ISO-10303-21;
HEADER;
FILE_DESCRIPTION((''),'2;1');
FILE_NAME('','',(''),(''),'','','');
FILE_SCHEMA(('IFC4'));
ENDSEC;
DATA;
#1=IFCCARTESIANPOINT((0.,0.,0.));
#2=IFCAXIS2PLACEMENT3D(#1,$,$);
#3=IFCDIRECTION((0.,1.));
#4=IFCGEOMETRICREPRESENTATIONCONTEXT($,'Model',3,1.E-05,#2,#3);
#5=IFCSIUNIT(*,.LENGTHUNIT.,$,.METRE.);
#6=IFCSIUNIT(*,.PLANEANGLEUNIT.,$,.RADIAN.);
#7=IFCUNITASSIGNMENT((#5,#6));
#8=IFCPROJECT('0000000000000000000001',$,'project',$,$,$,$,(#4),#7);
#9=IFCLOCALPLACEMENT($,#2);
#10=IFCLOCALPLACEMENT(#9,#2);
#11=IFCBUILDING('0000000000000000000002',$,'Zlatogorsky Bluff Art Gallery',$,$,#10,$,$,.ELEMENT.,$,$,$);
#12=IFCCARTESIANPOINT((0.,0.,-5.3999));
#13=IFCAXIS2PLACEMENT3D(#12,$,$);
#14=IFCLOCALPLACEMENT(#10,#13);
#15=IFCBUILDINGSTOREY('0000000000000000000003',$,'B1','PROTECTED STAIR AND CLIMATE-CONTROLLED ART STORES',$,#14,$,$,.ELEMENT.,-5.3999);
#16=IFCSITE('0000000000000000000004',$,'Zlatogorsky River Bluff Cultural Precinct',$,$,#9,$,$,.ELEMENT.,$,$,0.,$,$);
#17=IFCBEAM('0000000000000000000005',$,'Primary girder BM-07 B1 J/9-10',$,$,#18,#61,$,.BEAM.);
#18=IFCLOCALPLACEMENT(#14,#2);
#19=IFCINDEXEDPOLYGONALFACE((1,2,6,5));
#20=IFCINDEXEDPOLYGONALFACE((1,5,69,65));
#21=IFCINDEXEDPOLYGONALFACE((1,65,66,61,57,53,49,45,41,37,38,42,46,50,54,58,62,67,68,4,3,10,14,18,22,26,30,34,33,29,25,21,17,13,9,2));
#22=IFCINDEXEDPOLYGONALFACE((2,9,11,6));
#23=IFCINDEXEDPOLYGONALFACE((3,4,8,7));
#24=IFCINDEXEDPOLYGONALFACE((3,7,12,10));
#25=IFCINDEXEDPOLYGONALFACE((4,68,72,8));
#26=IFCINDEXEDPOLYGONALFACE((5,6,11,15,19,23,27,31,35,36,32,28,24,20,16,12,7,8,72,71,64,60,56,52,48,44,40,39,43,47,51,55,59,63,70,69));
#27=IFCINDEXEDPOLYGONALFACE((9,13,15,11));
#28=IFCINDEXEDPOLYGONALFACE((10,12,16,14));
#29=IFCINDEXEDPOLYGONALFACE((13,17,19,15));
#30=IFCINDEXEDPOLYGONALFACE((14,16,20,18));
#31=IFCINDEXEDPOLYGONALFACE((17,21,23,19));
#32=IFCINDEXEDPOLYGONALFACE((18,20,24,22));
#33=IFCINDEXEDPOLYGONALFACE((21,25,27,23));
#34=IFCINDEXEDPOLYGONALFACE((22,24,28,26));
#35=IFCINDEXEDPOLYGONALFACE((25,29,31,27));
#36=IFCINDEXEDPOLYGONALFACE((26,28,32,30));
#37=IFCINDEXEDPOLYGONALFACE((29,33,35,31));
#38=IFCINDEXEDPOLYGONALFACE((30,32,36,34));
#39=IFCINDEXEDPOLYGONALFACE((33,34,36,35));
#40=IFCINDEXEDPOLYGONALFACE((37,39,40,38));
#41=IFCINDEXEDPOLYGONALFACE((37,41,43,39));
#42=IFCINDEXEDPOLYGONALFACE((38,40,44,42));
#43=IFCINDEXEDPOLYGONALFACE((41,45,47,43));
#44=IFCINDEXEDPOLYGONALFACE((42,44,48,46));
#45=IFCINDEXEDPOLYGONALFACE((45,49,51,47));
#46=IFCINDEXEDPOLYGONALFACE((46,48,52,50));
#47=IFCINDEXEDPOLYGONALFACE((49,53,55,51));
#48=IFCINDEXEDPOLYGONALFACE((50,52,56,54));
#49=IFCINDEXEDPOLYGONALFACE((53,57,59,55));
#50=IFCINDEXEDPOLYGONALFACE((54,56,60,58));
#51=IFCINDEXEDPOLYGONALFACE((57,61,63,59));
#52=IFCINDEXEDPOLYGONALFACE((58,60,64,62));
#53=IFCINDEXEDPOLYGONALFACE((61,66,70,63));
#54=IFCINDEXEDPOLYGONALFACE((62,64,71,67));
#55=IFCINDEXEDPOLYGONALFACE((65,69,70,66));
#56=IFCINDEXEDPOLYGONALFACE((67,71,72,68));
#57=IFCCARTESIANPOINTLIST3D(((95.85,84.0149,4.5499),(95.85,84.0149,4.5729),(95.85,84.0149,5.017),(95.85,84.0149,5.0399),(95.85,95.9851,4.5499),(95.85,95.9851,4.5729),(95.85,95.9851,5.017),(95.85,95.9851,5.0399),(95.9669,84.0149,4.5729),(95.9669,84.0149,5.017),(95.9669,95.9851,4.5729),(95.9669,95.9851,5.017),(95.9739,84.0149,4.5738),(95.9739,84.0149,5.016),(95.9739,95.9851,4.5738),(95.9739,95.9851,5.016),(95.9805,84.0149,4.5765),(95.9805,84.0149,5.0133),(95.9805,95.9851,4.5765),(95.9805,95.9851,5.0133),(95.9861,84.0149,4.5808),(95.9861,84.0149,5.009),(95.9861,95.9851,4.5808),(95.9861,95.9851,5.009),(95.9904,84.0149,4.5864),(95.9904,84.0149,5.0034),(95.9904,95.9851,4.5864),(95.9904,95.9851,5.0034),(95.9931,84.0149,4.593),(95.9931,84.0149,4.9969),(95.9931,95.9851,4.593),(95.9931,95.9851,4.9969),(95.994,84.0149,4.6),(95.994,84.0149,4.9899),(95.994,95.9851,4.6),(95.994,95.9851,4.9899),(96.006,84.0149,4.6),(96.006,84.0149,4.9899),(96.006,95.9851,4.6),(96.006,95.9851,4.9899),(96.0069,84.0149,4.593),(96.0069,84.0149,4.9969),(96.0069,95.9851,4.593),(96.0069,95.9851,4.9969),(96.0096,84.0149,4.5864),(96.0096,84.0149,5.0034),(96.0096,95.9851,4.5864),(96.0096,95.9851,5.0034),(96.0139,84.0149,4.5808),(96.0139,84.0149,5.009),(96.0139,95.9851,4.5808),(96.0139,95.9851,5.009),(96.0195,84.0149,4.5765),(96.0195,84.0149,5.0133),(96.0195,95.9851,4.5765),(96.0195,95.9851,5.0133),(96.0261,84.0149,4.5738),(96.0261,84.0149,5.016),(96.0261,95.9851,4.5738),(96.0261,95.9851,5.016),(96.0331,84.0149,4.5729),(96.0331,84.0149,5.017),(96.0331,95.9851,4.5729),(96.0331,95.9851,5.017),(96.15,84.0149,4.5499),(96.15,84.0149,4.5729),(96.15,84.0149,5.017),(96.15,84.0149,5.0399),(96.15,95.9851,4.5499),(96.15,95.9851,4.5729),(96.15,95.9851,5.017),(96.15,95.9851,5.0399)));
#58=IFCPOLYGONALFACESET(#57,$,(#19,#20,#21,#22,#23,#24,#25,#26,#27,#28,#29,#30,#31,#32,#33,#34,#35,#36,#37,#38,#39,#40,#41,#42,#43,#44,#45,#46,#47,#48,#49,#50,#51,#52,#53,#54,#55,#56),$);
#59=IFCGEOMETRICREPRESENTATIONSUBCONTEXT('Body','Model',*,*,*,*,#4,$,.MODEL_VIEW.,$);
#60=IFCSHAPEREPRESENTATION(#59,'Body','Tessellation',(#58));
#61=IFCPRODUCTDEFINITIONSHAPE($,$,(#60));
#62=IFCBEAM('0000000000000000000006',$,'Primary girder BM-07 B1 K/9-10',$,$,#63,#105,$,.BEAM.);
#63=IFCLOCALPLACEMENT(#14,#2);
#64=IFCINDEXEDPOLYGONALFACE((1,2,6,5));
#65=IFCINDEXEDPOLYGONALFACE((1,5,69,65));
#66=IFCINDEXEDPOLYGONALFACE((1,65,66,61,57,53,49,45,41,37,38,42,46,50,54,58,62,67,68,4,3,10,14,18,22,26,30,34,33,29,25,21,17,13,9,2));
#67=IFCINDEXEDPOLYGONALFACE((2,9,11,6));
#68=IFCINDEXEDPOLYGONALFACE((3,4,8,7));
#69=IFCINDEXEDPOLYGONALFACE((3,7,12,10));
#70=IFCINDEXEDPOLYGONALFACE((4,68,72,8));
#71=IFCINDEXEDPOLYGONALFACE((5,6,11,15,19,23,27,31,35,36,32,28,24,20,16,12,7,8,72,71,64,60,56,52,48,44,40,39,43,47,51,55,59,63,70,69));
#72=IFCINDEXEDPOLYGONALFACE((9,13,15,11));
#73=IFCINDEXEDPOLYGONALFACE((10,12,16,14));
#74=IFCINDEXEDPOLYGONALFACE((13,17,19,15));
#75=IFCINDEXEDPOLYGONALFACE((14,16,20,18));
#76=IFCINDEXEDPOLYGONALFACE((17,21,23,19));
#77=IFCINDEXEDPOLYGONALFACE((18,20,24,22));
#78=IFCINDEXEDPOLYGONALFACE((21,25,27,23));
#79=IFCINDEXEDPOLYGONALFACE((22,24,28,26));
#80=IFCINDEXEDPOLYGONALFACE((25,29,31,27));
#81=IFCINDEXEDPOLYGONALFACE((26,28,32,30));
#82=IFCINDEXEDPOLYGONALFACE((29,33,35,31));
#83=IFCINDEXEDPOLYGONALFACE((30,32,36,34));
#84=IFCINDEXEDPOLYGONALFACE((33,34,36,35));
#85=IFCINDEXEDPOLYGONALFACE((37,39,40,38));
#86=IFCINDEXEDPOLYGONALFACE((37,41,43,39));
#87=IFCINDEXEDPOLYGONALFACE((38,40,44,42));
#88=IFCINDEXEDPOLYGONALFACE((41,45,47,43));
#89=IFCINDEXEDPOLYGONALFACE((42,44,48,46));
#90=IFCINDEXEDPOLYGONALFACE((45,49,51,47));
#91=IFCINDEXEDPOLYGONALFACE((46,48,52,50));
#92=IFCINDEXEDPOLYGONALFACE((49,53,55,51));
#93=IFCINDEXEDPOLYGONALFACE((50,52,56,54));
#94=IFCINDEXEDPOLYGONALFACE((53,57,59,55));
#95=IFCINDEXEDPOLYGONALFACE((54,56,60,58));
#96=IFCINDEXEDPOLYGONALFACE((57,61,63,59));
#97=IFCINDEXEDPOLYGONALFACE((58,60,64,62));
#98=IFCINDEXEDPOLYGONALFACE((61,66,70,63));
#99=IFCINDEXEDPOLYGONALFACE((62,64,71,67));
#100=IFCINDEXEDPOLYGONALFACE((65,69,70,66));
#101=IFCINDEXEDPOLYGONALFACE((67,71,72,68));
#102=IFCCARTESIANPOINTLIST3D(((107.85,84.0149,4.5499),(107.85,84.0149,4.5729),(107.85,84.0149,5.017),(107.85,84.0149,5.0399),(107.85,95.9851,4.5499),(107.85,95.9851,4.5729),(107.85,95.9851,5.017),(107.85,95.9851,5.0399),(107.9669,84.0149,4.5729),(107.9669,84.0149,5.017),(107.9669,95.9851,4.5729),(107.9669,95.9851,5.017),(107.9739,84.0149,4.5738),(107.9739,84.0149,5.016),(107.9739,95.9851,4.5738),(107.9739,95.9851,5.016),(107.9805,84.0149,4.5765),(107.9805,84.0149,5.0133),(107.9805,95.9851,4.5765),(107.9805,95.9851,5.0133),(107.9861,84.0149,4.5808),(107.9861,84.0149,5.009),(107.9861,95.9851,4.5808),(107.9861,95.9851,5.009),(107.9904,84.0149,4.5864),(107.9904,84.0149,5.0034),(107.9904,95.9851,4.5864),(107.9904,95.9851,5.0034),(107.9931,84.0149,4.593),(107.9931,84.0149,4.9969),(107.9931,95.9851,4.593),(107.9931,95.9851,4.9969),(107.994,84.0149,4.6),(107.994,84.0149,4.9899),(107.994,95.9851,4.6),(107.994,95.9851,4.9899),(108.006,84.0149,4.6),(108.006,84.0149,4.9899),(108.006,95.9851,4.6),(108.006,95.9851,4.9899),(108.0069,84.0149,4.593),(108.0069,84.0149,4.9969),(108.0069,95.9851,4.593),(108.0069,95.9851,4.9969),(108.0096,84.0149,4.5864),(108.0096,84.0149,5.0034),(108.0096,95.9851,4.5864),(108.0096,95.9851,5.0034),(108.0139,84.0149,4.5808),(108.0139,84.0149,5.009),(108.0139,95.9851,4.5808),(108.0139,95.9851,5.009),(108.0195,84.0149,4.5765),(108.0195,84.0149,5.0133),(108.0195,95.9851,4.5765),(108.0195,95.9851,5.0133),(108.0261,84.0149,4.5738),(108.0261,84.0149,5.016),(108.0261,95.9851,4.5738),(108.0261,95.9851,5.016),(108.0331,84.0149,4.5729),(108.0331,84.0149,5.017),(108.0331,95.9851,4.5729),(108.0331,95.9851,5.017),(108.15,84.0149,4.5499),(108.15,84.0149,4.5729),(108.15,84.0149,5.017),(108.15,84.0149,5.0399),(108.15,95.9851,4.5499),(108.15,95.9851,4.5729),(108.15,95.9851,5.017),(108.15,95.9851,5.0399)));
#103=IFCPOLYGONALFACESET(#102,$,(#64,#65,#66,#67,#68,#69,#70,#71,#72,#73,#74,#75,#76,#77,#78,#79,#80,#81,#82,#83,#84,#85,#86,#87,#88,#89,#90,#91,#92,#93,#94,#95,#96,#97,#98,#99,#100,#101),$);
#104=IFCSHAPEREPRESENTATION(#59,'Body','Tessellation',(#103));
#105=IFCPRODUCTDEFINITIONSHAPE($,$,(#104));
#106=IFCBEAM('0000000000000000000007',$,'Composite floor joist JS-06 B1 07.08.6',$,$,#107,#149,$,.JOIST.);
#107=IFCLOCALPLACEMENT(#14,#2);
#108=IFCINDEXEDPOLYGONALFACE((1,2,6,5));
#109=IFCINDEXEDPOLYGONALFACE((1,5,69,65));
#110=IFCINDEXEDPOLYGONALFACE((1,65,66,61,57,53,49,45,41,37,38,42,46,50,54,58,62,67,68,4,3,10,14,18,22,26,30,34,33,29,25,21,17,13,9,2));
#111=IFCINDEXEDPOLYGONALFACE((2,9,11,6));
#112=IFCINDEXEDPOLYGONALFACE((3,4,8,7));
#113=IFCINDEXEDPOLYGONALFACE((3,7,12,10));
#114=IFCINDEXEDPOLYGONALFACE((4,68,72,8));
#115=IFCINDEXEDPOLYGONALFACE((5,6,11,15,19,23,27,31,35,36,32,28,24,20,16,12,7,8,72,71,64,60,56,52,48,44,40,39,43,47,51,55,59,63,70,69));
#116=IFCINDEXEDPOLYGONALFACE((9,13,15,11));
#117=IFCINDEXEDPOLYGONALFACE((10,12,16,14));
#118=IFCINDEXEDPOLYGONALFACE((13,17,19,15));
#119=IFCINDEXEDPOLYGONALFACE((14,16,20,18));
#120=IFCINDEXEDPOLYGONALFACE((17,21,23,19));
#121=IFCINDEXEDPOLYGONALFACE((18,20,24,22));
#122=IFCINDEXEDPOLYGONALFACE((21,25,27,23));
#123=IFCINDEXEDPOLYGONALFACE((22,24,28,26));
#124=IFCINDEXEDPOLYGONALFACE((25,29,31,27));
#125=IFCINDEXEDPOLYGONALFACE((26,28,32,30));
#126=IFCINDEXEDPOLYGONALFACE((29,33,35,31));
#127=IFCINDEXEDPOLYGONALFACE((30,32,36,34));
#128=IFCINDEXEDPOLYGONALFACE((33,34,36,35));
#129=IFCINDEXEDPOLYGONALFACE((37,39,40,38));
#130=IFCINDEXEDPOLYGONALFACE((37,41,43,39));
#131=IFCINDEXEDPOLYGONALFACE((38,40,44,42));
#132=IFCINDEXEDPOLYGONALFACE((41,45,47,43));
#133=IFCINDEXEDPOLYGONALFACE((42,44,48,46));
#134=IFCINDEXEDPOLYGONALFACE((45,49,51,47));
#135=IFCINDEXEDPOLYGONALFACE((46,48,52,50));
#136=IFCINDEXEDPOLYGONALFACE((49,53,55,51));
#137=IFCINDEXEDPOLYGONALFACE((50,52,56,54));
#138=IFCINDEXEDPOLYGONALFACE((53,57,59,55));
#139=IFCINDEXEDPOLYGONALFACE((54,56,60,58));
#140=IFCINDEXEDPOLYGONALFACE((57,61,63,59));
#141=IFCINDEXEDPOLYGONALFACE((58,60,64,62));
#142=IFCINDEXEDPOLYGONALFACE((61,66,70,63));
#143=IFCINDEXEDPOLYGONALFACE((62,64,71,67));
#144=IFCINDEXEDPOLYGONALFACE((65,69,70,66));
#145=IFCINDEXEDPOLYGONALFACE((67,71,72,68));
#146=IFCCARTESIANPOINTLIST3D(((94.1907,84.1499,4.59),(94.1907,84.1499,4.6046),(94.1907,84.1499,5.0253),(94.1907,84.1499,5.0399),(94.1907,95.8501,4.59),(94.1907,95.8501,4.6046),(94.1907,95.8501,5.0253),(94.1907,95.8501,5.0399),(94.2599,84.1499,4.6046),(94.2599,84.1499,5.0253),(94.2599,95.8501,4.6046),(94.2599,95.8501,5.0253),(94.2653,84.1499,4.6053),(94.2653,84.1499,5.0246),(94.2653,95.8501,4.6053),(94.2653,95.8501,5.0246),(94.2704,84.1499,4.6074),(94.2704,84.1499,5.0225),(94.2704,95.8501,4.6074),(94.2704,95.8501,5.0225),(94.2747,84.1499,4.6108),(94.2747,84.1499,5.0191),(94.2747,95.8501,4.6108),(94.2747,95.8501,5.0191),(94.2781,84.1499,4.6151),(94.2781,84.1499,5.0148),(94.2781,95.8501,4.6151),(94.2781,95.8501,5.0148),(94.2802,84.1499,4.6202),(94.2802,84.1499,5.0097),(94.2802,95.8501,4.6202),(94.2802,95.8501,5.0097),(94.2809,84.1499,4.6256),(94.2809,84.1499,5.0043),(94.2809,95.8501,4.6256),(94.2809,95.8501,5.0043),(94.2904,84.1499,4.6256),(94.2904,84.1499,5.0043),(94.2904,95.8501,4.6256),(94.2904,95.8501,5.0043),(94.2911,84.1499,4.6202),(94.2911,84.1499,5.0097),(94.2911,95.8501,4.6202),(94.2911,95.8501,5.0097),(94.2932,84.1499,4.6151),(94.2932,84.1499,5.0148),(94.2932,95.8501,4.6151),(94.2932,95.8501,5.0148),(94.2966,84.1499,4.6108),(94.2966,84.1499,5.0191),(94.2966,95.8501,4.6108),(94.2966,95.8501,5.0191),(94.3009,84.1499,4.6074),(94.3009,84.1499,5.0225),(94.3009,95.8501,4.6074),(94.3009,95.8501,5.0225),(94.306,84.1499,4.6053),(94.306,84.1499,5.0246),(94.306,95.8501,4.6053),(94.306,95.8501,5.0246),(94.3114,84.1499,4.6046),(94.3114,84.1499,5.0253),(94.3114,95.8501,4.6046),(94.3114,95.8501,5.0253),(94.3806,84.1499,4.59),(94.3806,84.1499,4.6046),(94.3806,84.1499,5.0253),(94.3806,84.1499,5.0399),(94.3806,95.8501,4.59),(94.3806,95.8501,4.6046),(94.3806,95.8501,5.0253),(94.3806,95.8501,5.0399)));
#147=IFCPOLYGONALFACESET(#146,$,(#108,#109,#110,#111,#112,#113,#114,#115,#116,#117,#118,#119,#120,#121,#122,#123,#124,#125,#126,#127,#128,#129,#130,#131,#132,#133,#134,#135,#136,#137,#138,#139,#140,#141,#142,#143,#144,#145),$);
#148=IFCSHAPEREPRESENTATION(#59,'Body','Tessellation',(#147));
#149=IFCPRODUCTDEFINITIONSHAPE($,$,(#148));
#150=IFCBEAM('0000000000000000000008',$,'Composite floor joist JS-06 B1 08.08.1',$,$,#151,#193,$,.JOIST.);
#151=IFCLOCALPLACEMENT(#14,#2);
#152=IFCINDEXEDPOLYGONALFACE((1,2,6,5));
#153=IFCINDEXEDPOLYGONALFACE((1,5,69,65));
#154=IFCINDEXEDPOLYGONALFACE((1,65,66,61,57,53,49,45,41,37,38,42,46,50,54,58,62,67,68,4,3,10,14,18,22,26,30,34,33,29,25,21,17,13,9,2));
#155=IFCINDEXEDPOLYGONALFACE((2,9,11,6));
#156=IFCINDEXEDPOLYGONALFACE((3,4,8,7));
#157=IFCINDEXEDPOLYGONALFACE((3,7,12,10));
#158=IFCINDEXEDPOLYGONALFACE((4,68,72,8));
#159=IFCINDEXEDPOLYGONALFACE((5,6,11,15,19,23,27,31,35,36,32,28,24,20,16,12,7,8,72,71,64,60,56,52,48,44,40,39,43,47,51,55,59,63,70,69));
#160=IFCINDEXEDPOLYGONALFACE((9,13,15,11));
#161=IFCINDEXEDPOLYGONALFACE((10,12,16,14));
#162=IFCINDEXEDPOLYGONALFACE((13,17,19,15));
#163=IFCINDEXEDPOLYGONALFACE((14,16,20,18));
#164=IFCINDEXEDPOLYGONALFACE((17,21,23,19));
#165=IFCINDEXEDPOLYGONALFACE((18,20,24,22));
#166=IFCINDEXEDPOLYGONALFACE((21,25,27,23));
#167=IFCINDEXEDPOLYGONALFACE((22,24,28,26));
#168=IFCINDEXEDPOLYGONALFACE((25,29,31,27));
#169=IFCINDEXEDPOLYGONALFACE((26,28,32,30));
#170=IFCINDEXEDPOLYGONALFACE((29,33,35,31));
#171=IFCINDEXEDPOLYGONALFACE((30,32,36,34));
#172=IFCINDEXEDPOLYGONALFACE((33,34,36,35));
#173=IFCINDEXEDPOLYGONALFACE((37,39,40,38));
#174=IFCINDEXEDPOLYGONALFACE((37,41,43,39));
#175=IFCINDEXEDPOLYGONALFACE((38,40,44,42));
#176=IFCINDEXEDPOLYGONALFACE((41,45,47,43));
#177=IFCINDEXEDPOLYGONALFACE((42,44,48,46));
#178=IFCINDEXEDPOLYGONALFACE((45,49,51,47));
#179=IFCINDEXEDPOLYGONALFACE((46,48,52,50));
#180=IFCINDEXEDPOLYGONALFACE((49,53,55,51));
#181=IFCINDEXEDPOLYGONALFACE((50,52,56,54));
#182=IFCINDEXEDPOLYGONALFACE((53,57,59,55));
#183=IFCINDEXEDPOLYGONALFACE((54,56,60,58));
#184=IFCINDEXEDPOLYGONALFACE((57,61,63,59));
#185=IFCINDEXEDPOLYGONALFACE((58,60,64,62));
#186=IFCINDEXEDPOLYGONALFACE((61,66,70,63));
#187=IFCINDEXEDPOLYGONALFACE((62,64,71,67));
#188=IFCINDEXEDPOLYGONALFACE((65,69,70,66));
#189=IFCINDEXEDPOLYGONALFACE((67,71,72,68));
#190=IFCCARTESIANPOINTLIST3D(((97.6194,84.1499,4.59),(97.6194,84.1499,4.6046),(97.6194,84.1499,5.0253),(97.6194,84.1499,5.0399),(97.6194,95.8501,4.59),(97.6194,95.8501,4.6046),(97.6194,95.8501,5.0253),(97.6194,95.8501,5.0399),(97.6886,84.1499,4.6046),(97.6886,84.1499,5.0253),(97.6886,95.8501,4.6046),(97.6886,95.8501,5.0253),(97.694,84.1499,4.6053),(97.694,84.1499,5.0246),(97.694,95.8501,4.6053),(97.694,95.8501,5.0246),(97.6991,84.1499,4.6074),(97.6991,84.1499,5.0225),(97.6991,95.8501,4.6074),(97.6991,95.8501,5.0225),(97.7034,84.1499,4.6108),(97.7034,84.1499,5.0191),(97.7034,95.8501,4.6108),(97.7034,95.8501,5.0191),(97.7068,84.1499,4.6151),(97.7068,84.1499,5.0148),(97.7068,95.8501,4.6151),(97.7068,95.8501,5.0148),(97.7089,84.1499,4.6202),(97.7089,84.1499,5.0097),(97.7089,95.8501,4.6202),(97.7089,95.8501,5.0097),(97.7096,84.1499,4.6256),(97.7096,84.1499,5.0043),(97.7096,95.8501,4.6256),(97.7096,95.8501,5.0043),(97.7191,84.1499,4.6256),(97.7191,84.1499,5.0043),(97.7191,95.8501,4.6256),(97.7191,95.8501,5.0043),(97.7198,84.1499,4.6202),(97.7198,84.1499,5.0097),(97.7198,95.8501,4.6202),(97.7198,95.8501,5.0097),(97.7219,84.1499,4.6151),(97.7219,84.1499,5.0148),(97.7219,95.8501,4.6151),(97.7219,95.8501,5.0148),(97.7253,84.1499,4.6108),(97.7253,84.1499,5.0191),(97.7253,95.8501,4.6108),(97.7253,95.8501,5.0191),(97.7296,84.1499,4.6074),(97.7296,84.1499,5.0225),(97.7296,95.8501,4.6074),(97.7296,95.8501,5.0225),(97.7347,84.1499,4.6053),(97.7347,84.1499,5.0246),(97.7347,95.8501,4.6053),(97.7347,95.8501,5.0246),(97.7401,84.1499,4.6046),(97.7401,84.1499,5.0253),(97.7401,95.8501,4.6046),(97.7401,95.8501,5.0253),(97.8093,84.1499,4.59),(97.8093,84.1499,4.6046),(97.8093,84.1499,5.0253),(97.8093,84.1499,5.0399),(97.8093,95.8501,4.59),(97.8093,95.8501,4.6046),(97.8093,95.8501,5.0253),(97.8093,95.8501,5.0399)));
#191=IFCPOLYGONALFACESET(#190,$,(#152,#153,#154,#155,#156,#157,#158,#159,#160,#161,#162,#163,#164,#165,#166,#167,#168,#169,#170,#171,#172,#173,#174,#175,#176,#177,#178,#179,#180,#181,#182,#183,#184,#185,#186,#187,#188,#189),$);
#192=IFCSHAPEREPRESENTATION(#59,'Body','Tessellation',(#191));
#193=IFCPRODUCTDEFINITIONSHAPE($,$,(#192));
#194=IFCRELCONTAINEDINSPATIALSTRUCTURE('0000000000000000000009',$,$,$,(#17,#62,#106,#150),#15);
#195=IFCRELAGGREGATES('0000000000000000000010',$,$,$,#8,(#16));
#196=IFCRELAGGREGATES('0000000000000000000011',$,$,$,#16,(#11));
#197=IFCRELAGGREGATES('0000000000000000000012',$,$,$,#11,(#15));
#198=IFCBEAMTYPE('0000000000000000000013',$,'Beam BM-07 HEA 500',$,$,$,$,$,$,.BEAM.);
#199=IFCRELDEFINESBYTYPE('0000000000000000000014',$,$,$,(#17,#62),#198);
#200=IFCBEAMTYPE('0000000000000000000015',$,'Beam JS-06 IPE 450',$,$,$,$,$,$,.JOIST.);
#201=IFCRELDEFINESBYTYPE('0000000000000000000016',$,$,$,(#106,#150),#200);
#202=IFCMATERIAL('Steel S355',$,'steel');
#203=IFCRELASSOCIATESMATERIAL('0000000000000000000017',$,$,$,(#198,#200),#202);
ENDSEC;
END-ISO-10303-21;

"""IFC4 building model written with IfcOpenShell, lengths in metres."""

from ifc_helpers import new_model, si_unit, direction, frame, origin, origin_2d, place, context, subcontext, project, spatial, i_section, extrude, material, material_profile, profile_set, type_object, element, save


model = new_model("IFC4")

# Units and contexts
model_context = context("Model", 3, precision=1e-05, world=origin(), true_north=direction((0.0, 1.0)))
body_context = subcontext(model_context, "Body", "Model", "MODEL_VIEW")
ifc_project = project(units=[si_unit("LENGTHUNIT", "METRE"), si_unit("PLANEANGLEUNIT", "RADIAN")], contexts=[model_context])

# Site, building, storey
site_placement = place(None, origin())
site = spatial("IfcSite", under=ifc_project, at=site_placement, Name="Zlatogorsky River Bluff Cultural Precinct", CompositionType="ELEMENT", RefElevation=0.0)
building_placement = place(site_placement, origin())
building = spatial("IfcBuilding", under=site, at=building_placement, Name="Zlatogorsky Bluff Art Gallery", CompositionType="ELEMENT")
storey_placement = place(building_placement, frame((0.0, 0.0, -5.3999)))
storey = spatial("IfcBuildingStorey", under=building, at=storey_placement, Name="B1", Description="PROTECTED STAIR AND CLIMATE-CONTROLLED ART STORES", CompositionType="ELEMENT", Elevation=-5.3999)

# Shared definitions
ifc_material_1 = material(Name="Steel S355", Category="steel")

# Beams
ifc_material_profile_1 = material_profile(ifc_material_1, i_section(OverallWidth=0.3, OverallDepth=0.49, WebThickness=0.012, FlangeThickness=0.0229, FilletRadius=0.0271, at=origin_2d()), Name="HEA 500")
ifc_profile_set_1 = profile_set([ifc_material_profile_1], Name="Steel S355")
beam_type_1 = type_object("IfcBeamType", Name="Beam BM-07 HEA 500", PredefinedType="BEAM", material=ifc_profile_set_1)
for number, where, z_axis, x_axis, name in (
    (1, (96.0, 84.0149, 4.7949), (0.0, 1.0, 0.0), (-1.0, 0.0, 0.0), "Primary girder BM-07 B1 J/9-10"),
    (2, (108.0, 84.0149, 4.7949), (0.0, 1.0, 0.0), (-1.0, 0.0, 0.0), "Primary girder BM-07 B1 K/9-10"),
):
    element("IfcBeam", number, at=place(storey_placement, frame(where, z_axis=z_axis, x_axis=x_axis)), inside=storey, type_object=beam_type_1, Name=name, PredefinedType="BEAM", context=body_context, shape_type="SweptSolid", body=[
        extrude(i_section(OverallWidth=0.3, OverallDepth=0.49, WebThickness=0.012, FlangeThickness=0.0229, FilletRadius=0.0271, at=origin_2d()), origin(), (0.0, 0.0, 1.0), 11.9702),
    ])
ifc_material_profile_2 = material_profile(ifc_material_1, i_section(OverallWidth=0.1899, OverallDepth=0.45, WebThickness=0.0095, FlangeThickness=0.0146, FilletRadius=0.021, at=origin_2d()), Name="IPE 450")
ifc_profile_set_2 = profile_set([ifc_material_profile_2], Name="Steel S355")
beam_type_2 = type_object("IfcBeamType", Name="Beam JS-06 IPE 450", PredefinedType="JOIST", material=ifc_profile_set_2)
for number, where, z_axis, x_axis, name in (
    (3, (94.2856, 84.1499, 4.8149), (0.0, 1.0, 0.0), (-1.0, 0.0, 0.0), "Composite floor joist JS-06 B1 07.08.6"),
    (4, (97.7144, 84.1499, 4.8149), (0.0, 1.0, 0.0), (-1.0, 0.0, 0.0), "Composite floor joist JS-06 B1 08.08.1"),
):
    element("IfcBeam", number, at=place(storey_placement, frame(where, z_axis=z_axis, x_axis=x_axis)), inside=storey, type_object=beam_type_2, Name=name, PredefinedType="JOIST", context=body_context, shape_type="SweptSolid", body=[
        extrude(i_section(OverallWidth=0.1899, OverallDepth=0.45, WebThickness=0.0095, FlangeThickness=0.0146, FilletRadius=0.021, at=origin_2d()), origin(), (0.0, 0.0, 1.0), 11.7002),
    ])

save(model, "model.ifc")
